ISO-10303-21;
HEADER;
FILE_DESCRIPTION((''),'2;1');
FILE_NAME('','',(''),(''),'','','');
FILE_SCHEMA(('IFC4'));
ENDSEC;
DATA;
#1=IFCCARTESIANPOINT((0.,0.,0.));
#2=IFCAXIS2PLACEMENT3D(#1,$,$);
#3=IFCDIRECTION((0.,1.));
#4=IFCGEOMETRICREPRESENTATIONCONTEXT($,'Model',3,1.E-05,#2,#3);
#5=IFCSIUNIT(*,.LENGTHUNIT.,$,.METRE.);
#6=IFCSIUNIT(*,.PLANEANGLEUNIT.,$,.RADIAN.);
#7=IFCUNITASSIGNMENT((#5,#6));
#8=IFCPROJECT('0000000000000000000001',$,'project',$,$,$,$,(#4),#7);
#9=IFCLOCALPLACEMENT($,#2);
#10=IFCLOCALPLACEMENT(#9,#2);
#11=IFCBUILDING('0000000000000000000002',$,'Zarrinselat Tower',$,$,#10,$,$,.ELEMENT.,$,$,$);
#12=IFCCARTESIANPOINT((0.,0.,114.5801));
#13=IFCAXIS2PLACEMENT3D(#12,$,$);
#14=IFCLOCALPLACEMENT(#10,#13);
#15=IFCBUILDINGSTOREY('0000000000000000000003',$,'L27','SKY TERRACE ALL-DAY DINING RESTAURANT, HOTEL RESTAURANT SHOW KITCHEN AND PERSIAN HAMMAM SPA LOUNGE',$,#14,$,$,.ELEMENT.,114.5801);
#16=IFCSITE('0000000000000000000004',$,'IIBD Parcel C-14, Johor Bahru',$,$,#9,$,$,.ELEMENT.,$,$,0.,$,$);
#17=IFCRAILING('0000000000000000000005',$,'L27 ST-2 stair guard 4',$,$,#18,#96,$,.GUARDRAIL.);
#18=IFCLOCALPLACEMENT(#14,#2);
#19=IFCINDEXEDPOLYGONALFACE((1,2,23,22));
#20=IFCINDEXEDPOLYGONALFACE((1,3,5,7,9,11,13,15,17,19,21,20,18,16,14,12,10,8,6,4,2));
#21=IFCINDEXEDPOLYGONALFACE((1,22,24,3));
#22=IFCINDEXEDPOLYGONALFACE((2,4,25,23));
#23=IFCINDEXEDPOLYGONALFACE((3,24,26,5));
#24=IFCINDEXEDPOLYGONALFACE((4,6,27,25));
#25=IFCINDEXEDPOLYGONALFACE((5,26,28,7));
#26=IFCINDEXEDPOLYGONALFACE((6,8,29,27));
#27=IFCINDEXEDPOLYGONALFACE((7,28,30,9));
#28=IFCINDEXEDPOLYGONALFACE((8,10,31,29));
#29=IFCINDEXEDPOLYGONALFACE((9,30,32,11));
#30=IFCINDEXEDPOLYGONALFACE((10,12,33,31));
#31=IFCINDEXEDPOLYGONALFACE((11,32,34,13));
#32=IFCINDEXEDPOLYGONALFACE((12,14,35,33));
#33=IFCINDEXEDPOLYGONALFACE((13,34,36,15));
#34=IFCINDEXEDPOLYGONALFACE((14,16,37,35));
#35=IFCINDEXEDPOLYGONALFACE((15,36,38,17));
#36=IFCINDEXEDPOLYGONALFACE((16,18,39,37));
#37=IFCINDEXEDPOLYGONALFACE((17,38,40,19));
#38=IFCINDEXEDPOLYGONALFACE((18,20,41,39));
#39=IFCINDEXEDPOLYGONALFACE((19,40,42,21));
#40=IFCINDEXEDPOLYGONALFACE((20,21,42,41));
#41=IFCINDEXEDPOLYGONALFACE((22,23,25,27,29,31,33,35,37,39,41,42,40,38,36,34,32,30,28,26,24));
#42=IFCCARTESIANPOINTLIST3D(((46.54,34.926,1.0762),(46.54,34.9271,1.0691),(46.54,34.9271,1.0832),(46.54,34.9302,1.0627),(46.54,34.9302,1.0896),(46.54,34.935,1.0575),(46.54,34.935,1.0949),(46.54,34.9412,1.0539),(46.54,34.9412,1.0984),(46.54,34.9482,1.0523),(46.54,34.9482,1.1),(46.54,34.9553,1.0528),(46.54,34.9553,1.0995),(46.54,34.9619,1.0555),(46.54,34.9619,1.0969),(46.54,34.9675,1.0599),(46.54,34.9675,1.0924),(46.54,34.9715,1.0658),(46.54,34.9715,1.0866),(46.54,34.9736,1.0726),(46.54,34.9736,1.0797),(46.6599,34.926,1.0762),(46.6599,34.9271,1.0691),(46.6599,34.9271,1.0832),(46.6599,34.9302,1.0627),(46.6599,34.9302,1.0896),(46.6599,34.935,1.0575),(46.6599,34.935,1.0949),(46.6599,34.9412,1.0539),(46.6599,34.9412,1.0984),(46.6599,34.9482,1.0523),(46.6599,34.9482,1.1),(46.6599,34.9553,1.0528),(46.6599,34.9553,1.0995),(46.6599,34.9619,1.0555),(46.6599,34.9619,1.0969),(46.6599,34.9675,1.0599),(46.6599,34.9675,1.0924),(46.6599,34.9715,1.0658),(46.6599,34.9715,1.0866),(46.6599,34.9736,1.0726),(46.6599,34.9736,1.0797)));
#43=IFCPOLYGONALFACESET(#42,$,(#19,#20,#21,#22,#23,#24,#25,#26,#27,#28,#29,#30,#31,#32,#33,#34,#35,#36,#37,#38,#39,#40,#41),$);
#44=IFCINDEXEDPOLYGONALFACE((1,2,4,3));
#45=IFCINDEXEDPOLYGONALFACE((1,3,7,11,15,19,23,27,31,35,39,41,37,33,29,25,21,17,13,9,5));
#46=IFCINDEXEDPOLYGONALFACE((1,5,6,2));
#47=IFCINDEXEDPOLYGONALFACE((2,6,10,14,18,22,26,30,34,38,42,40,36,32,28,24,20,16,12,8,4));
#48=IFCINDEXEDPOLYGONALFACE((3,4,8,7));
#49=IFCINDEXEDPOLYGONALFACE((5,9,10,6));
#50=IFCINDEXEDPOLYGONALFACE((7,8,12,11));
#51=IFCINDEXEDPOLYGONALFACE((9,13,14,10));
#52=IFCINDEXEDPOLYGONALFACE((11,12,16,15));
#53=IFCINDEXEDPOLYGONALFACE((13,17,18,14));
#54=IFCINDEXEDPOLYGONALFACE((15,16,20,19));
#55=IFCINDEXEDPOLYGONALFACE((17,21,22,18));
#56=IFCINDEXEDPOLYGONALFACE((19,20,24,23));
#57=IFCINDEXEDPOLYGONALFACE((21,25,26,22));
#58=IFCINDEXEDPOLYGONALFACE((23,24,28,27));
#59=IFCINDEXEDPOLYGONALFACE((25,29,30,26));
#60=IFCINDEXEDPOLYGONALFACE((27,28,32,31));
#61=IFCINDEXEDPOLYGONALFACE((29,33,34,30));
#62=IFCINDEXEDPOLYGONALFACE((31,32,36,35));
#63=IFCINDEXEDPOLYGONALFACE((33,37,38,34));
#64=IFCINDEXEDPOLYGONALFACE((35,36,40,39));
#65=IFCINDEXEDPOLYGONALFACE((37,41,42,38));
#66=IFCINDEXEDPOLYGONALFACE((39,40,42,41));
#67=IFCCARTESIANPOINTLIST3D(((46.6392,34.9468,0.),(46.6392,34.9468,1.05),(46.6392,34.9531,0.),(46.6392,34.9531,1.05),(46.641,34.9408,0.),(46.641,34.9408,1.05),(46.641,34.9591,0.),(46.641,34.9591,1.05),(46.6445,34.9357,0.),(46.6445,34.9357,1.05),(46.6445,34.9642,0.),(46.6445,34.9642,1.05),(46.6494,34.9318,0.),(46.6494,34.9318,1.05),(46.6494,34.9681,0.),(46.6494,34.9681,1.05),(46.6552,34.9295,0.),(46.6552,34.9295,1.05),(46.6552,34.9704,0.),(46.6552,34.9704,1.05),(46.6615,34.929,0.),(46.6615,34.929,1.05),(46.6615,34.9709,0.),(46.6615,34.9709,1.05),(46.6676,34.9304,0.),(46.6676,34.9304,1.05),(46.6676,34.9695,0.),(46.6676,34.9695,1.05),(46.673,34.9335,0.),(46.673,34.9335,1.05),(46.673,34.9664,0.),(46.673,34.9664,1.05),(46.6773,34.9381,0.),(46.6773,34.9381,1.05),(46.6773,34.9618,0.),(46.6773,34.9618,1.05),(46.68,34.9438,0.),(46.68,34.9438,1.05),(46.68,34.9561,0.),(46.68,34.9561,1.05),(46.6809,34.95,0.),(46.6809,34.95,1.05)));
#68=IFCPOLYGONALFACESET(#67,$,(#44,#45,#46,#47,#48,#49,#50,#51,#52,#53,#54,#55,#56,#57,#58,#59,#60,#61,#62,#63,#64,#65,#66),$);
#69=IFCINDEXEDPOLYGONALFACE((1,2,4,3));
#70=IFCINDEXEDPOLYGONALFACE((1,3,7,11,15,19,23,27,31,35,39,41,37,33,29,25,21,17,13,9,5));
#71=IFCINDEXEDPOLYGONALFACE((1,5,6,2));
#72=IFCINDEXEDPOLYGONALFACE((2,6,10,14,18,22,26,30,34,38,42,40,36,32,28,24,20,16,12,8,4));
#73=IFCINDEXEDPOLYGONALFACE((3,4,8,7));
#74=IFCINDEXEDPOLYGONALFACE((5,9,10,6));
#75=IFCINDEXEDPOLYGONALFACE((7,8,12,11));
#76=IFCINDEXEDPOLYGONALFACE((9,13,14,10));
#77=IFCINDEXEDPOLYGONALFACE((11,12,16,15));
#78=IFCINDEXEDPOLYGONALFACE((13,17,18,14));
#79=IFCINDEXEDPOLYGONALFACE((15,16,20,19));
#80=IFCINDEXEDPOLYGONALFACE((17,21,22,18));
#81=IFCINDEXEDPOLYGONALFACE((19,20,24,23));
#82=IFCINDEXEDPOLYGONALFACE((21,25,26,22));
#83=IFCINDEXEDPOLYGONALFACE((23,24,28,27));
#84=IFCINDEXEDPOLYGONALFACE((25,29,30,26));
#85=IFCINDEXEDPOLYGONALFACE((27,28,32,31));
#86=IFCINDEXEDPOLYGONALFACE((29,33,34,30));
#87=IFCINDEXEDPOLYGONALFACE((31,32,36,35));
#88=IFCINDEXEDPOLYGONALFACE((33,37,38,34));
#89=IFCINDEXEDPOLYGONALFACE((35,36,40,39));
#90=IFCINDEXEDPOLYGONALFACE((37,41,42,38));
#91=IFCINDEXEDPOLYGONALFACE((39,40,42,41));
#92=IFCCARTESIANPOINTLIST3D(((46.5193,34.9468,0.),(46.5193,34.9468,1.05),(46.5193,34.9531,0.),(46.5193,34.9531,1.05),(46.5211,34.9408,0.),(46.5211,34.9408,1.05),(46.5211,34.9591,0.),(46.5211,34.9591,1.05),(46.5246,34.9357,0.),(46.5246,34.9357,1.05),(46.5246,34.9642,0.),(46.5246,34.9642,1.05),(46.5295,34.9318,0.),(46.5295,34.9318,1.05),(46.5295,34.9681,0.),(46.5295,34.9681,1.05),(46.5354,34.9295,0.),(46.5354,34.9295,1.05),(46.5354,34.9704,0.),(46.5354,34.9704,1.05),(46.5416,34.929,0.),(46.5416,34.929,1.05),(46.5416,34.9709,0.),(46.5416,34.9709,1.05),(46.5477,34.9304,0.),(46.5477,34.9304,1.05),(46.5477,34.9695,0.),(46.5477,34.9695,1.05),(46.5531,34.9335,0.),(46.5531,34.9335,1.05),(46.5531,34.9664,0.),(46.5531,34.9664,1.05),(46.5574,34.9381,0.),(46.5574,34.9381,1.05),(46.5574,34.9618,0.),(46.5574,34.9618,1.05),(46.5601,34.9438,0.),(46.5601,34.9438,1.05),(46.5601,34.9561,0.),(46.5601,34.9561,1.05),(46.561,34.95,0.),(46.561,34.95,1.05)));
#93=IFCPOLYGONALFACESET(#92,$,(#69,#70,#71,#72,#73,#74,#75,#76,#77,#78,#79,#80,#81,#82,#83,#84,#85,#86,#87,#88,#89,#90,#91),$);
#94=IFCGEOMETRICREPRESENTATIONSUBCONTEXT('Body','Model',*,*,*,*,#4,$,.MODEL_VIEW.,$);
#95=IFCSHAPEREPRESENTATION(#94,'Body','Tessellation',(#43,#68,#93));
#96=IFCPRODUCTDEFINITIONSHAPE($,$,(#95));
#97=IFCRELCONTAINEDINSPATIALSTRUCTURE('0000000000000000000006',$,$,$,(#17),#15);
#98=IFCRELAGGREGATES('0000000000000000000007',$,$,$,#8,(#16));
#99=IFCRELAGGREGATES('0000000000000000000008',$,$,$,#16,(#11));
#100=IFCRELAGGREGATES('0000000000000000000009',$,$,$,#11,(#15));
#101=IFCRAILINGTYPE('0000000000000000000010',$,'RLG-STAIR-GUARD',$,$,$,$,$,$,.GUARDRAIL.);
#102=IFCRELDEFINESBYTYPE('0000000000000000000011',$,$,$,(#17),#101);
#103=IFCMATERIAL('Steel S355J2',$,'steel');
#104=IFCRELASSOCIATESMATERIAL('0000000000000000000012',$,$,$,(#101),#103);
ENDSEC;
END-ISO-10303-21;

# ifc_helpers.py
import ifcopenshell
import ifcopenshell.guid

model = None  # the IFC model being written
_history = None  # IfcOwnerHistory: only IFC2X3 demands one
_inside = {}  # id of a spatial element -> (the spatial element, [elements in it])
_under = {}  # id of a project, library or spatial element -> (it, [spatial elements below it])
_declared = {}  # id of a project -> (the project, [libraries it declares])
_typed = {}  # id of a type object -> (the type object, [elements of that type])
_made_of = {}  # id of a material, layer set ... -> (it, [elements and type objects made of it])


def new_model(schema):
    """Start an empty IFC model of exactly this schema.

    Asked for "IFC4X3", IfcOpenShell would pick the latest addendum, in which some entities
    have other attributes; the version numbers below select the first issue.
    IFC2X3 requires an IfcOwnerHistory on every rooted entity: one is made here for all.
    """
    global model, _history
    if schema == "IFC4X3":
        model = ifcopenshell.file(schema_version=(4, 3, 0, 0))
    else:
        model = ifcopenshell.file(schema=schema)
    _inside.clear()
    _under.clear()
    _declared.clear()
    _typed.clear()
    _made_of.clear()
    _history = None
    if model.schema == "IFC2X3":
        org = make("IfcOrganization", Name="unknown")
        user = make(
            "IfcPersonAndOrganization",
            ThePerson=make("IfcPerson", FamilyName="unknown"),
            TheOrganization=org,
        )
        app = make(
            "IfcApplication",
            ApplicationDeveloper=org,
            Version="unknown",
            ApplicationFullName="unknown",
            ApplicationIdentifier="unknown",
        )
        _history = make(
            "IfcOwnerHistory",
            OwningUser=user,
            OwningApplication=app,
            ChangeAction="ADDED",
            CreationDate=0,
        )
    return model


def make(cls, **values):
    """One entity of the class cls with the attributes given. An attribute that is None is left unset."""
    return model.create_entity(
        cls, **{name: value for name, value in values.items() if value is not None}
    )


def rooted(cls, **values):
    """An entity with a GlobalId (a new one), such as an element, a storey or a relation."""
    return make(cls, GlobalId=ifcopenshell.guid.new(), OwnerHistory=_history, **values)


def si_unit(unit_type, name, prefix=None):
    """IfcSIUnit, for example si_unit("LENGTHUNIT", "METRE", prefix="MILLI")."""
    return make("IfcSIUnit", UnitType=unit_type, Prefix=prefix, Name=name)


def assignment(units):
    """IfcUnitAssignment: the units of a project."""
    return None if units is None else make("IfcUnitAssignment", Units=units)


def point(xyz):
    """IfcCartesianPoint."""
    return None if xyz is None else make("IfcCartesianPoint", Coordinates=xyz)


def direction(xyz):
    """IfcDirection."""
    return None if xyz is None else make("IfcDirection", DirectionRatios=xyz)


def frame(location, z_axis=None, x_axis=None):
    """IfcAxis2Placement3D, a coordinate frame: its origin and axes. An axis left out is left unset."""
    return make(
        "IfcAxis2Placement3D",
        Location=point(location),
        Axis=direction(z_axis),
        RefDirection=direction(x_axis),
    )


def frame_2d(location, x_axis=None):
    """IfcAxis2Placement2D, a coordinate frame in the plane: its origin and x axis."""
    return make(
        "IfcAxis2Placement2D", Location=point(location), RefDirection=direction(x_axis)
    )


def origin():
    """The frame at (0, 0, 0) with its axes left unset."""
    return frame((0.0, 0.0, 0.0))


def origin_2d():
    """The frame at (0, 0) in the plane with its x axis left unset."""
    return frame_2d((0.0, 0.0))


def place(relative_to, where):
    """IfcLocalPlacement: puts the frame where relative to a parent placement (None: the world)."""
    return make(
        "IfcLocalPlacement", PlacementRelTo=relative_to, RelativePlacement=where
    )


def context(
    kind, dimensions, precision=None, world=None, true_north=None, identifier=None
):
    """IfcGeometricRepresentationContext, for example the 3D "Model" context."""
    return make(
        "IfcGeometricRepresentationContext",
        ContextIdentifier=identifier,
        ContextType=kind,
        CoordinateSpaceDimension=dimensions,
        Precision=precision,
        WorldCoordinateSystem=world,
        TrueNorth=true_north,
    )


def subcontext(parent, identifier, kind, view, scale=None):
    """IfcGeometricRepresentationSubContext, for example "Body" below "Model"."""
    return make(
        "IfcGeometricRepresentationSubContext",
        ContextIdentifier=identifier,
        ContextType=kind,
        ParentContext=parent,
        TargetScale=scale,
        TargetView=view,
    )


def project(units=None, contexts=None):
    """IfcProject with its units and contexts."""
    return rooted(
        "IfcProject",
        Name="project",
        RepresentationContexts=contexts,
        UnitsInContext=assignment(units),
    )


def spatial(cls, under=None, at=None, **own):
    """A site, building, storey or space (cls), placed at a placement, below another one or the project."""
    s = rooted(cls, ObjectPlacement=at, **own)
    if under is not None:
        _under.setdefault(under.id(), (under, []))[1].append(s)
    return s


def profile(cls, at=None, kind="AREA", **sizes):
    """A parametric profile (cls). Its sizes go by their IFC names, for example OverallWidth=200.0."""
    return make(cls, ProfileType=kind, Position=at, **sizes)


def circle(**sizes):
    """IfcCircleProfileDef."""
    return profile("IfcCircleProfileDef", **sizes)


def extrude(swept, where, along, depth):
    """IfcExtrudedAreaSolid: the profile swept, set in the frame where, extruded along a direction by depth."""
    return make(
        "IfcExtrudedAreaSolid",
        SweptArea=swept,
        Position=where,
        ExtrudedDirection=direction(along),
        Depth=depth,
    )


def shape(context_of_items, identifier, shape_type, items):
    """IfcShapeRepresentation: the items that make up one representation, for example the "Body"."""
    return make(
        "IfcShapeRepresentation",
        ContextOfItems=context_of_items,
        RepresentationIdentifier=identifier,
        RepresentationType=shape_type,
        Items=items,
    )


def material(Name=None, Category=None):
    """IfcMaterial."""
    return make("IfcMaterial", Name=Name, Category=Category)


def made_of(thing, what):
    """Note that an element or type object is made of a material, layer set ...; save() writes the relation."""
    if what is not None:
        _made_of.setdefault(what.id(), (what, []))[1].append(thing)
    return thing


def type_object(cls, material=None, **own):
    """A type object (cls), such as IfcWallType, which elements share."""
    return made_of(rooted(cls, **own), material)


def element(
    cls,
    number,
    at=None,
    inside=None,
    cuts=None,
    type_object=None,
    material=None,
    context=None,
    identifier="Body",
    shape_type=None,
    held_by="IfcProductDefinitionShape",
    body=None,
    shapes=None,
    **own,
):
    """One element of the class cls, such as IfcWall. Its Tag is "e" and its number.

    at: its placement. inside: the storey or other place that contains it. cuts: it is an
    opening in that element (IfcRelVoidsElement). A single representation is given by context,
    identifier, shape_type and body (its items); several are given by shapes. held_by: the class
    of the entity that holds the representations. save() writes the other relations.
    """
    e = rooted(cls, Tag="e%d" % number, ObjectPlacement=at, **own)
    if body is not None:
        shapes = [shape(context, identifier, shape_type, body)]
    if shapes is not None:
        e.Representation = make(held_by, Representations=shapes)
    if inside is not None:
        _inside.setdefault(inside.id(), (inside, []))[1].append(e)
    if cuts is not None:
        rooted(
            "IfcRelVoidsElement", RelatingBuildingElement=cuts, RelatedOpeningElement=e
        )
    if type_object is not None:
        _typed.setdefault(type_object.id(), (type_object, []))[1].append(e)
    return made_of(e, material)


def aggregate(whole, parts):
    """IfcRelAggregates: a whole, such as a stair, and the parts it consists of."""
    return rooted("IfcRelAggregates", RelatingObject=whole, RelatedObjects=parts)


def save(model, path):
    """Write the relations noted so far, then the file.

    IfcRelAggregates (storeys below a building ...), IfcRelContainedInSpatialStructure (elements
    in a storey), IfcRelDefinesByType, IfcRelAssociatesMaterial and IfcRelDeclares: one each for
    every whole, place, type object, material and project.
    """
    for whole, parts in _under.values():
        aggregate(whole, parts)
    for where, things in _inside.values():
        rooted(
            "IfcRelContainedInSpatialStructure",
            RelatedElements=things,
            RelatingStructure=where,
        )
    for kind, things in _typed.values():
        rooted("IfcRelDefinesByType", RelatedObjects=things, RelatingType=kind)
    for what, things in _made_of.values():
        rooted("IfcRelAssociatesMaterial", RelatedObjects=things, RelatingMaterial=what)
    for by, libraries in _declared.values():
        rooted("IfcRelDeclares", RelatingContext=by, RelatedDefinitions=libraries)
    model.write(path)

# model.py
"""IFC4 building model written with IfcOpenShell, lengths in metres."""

from ifc_helpers import new_model, si_unit, direction, frame, origin, origin_2d, place, context, subcontext, project, spatial, circle, extrude, material, type_object, element, save


model = new_model("IFC4")

# Units and contexts
model_context = context("Model", 3, precision=1e-05, world=origin(), true_north=direction((0.0, 1.0)))
body_context = subcontext(model_context, "Body", "Model", "MODEL_VIEW")
ifc_project = project(units=[si_unit("LENGTHUNIT", "METRE"), si_unit("PLANEANGLEUNIT", "RADIAN")], contexts=[model_context])

# Site, building, storey
site_placement = place(None, origin())
site = spatial("IfcSite", under=ifc_project, at=site_placement, Name="IIBD Parcel C-14, Johor Bahru", CompositionType="ELEMENT", RefElevation=0.0)
building_placement = place(site_placement, origin())
building = spatial("IfcBuilding", under=site, at=building_placement, Name="Zarrinselat Tower", CompositionType="ELEMENT")
storey_placement = place(building_placement, frame((0.0, 0.0, 114.5801)))
storey = spatial("IfcBuildingStorey", under=building, at=storey_placement, Name="L27", Description="SKY TERRACE ALL-DAY DINING RESTAURANT, HOTEL RESTAURANT SHOW KITCHEN AND PERSIAN HAMMAM SPA LOUNGE", CompositionType="ELEMENT", Elevation=114.5801)

# Railing
ifc_material_1 = material(Name="Steel S355J2", Category="steel")
railing_type_1 = type_object("IfcRailingType", Name="RLG-STAIR-GUARD", PredefinedType="GUARDRAIL", material=ifc_material_1)
railing_1_placement = place(storey_placement, frame((46.6599, 34.95, 0.0)))
element("IfcRailing", 1, at=railing_1_placement, inside=storey, type_object=railing_type_1, Name="L27 ST-2 stair guard 4", PredefinedType="GUARDRAIL", context=body_context, shape_type="SweptSolid", body=[
    extrude(circle(Radius=0.0239, at=origin_2d()), frame((0.0, 0.0, 1.0762), z_axis=(-1.0, 0.0, 0.0), x_axis=(0.0, -1.0, 0.0)), (0.0, 0.0, 1.0), 0.1199),
    extrude(circle(Radius=0.021, at=origin_2d()), origin(), (0.0, 0.0, 1.0), 1.05),
    extrude(circle(Radius=0.021, at=origin_2d()), frame((-0.1199, 0.0, 0.0)), (0.0, 0.0, 1.0), 1.05),
])

save(model, "model.ifc")
